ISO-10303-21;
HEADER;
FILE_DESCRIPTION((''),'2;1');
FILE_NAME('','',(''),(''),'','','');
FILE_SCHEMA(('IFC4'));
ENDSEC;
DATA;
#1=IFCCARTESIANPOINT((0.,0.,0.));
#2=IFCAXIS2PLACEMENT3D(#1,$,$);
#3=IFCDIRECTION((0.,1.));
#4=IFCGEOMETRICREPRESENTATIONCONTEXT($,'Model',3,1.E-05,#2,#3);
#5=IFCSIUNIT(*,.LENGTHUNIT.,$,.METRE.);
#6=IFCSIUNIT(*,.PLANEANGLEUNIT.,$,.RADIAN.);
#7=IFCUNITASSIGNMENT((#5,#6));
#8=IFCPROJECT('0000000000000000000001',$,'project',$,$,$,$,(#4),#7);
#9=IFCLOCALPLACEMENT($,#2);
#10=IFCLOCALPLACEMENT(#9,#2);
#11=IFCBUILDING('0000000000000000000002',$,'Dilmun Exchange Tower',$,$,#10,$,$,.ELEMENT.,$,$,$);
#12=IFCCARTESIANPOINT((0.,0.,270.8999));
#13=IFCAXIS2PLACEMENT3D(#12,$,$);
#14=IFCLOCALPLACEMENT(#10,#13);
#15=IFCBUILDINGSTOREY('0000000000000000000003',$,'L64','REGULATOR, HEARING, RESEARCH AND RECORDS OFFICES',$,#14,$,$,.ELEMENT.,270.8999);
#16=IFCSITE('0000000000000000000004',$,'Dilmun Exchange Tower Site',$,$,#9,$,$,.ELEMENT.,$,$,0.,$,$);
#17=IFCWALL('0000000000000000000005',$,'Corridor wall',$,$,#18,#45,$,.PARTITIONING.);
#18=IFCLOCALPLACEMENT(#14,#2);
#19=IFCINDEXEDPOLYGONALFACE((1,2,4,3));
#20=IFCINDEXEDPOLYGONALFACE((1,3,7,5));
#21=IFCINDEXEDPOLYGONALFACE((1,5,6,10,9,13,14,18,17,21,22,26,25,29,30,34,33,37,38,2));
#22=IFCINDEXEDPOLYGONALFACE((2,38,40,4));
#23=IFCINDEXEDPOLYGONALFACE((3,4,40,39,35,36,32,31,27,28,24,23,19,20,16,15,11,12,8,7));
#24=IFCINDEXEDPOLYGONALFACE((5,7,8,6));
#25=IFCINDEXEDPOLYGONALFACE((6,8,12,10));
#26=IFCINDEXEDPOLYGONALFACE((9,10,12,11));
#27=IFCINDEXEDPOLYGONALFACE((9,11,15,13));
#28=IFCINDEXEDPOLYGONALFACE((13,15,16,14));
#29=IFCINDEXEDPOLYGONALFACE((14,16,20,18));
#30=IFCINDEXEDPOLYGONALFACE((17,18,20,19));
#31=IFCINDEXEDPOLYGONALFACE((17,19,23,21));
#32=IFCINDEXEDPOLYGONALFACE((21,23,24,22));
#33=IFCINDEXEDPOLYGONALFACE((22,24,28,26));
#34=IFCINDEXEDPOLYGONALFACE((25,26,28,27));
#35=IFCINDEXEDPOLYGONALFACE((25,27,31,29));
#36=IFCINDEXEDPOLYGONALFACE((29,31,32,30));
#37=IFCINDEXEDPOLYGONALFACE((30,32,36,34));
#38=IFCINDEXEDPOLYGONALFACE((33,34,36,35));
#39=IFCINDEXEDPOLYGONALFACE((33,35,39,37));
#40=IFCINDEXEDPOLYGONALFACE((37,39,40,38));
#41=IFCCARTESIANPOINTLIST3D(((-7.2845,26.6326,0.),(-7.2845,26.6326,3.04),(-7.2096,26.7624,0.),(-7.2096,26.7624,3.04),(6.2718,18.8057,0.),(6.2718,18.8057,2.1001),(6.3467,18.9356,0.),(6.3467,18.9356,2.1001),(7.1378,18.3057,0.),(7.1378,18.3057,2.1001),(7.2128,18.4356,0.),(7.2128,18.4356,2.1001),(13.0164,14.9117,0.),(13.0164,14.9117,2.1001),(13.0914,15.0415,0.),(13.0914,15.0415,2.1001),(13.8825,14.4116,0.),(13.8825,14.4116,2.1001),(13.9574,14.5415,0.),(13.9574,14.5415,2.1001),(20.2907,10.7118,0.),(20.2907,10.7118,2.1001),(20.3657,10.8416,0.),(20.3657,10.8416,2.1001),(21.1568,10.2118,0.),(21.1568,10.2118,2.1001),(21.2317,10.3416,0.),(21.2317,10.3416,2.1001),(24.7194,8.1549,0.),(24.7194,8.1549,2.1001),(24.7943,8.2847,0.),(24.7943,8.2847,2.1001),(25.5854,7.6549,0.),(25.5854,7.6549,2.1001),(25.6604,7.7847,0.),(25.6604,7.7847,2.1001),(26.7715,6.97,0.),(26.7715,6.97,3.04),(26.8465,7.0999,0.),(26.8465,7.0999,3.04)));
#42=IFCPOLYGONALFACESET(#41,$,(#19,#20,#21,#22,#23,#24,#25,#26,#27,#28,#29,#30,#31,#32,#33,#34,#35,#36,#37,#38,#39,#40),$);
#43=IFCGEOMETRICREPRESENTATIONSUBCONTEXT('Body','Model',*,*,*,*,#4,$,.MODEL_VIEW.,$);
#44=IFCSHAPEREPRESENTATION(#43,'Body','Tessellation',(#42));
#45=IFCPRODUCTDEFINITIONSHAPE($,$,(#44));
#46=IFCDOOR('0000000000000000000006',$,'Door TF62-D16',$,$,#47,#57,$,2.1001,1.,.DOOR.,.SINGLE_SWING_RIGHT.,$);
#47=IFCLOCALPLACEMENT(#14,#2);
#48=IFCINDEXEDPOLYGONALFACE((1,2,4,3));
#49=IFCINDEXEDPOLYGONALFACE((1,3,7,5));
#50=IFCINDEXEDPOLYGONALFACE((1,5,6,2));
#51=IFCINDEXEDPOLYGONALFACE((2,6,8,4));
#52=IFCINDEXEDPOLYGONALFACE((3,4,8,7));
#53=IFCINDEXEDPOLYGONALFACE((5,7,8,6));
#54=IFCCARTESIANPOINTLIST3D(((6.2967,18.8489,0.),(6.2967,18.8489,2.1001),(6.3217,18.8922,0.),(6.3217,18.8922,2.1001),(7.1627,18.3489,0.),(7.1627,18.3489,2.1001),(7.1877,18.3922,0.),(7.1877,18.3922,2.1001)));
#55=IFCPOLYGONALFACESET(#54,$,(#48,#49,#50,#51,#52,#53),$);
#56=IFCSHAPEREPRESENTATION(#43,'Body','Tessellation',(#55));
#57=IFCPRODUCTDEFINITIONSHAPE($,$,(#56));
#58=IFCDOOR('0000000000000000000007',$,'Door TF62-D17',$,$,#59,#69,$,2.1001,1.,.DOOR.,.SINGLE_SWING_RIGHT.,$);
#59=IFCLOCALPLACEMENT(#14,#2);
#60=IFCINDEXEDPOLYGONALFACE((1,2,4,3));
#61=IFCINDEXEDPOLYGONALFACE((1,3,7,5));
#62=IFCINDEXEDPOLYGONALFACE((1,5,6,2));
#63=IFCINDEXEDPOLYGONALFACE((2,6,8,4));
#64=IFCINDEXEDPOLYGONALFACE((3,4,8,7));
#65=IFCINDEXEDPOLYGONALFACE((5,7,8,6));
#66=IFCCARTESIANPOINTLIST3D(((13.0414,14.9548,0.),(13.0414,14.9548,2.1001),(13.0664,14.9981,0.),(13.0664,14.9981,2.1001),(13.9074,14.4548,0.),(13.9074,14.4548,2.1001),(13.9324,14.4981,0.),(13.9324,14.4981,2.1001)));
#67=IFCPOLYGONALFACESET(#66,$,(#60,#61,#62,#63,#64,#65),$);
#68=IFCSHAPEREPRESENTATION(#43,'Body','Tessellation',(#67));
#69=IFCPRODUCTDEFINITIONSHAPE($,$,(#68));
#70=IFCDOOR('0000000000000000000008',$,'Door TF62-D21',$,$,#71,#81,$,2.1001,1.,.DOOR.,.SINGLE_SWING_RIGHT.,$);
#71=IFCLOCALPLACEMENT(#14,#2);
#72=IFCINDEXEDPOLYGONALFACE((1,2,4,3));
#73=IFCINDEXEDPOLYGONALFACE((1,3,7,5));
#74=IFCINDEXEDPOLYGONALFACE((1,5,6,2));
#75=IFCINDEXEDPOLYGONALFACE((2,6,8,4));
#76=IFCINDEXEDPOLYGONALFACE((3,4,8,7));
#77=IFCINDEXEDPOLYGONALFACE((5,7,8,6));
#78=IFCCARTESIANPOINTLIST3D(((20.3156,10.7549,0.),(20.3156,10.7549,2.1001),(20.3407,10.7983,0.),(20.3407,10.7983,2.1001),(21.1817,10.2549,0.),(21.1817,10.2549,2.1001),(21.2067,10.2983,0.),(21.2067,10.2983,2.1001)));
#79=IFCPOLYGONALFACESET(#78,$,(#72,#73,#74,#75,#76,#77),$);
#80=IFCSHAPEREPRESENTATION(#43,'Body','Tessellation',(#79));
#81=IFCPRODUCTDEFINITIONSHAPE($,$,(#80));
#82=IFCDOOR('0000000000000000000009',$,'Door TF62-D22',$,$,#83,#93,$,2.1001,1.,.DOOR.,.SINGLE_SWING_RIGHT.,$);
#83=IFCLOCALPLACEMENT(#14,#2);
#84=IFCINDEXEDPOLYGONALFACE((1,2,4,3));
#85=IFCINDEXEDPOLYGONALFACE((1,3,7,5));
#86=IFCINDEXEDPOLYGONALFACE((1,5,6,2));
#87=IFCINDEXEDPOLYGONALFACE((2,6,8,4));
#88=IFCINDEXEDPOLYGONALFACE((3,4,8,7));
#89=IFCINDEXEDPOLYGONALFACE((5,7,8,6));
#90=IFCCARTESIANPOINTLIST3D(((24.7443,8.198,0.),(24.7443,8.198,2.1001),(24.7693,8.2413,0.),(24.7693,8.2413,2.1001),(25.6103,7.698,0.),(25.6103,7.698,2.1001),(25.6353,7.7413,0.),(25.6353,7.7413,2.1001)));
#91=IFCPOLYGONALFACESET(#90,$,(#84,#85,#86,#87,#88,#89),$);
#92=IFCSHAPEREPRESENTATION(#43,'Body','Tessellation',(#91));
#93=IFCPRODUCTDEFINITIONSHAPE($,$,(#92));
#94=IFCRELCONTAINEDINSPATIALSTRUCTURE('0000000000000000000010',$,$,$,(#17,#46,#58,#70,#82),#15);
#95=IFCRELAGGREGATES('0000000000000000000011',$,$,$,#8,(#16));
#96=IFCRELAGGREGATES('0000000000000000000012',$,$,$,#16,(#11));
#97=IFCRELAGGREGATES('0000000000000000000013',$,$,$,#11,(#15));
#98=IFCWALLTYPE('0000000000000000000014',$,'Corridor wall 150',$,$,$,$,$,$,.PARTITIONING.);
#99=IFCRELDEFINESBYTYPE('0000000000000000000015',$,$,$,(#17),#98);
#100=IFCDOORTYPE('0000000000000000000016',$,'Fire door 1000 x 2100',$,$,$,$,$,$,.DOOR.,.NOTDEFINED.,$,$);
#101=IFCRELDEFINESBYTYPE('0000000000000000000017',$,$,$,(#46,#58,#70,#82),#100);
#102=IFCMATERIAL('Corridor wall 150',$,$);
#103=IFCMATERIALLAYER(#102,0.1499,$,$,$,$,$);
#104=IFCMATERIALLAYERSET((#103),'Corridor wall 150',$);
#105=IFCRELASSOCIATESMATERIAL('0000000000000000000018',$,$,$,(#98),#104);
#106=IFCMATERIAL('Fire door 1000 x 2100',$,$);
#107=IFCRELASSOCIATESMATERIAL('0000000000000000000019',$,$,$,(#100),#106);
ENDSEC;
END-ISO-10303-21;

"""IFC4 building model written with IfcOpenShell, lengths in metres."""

from ifc_helpers import new_model, si_unit, direction, frame, frame_2d, origin, place, context, subcontext, project, spatial, rectangle, extrude, material, layer, layer_set, type_object, element, fill, save


model = new_model("IFC4")

# Units and contexts
model_context = context("Model", 3, precision=1e-05, world=origin(), true_north=direction((0.0, 1.0)))
body_context = subcontext(model_context, "Body", "Model", "MODEL_VIEW")
ifc_project = project(units=[si_unit("LENGTHUNIT", "METRE"), si_unit("PLANEANGLEUNIT", "RADIAN")], contexts=[model_context])

# Site, building, storey
site_placement = place(None, origin())
site = spatial("IfcSite", under=ifc_project, at=site_placement, Name="Dilmun Exchange Tower Site", CompositionType="ELEMENT", RefElevation=0.0)
building_placement = place(site_placement, origin())
building = spatial("IfcBuilding", under=site, at=building_placement, Name="Dilmun Exchange Tower", CompositionType="ELEMENT")
storey_placement = place(building_placement, frame((0.0, 0.0, 270.8999)))
storey = spatial("IfcBuildingStorey", under=building, at=storey_placement, Name="L64", Description="REGULATOR, HEARING, RESEARCH AND RECORDS OFFICES", CompositionType="ELEMENT", Elevation=270.8999)

# Shared definitions
ifc_material_1 = material(Name="Corridor wall 150")
ifc_layer_1 = layer(ifc_material_1, 0.1499)
ifc_layer_set_1 = layer_set([ifc_layer_1], Name="Corridor wall 150")
wall_type = type_object("IfcWallType", Name="Corridor wall 150", PredefinedType="PARTITIONING", material=ifc_layer_set_1)

# Wall, openings, doors
wall_1_placement = place(storey_placement, frame((-7.2471, 26.6975, 0.0), z_axis=(0.0, 0.0, 1.0), x_axis=(0.866022, -0.500005, 0.0)))
wall_1 = element("IfcWall", 1, at=wall_1_placement, inside=storey, type_object=wall_type, Name="Corridor wall", PredefinedType="PARTITIONING", context=body_context, shape_type="SweptSolid", body=[
    extrude(rectangle(XDim=39.3247, YDim=0.1499, at=frame_2d((19.6624, 0.0))), origin(), (0.0, 0.0, 1.0), 3.04),
])
opening_1_placement = place(wall_1_placement, frame((15.6536, 0.0, 0.0)))
opening_1 = element("IfcOpeningElement", 2, at=opening_1_placement, cuts=wall_1, PredefinedType="OPENING", context=body_context, shape_type="SweptSolid", body=[
    extrude(rectangle(XDim=1.0, YDim=2.1001, at=frame_2d((0.5, 1.05))), frame((0.0, 0.085, 0.0), z_axis=(0.0, -1.0, 0.0), x_axis=(1.0, 0.0, 0.0)), (0.0, 0.0, 1.0), 0.1699),
])
opening_2_placement = place(wall_1_placement, frame((23.4417, 0.0, 0.0)))
opening_2 = element("IfcOpeningElement", 3, at=opening_2_placement, cuts=wall_1, PredefinedType="OPENING", context=body_context, shape_type="SweptSolid", body=[
    extrude(rectangle(XDim=1.0, YDim=2.1001, at=frame_2d((0.5, 1.05))), frame((0.0, 0.085, 0.0), z_axis=(0.0, -1.0, 0.0), x_axis=(1.0, 0.0, 0.0)), (0.0, 0.0, 1.0), 0.1699),
])
opening_3_placement = place(wall_1_placement, frame((31.8413, 0.0, 0.0)))
opening_3 = element("IfcOpeningElement", 4, at=opening_3_placement, cuts=wall_1, PredefinedType="OPENING", context=body_context, shape_type="SweptSolid", body=[
    extrude(rectangle(XDim=1.0, YDim=2.1001, at=frame_2d((0.5, 1.05))), frame((0.0, 0.085, 0.0), z_axis=(0.0, -1.0, 0.0), x_axis=(1.0, 0.0, 0.0)), (0.0, 0.0, 1.0), 0.1699),
])
opening_4_placement = place(wall_1_placement, frame((36.9551, 0.0, 0.0)))
opening_4 = element("IfcOpeningElement", 5, at=opening_4_placement, cuts=wall_1, PredefinedType="OPENING", context=body_context, shape_type="SweptSolid", body=[
    extrude(rectangle(XDim=1.0, YDim=2.1001, at=frame_2d((0.5, 1.05))), frame((0.0, 0.085, 0.0), z_axis=(0.0, -1.0, 0.0), x_axis=(1.0, 0.0, 0.0)), (0.0, 0.0, 1.0), 0.1699),
])
ifc_material_2 = material(Name="Fire door 1000 x 2100")
door_type = type_object("IfcDoorType", Name="Fire door 1000 x 2100", OperationType="NOTDEFINED", PredefinedType="DOOR", material=ifc_material_2)
door_1_placement = place(opening_1_placement, origin())
door_1 = element("IfcDoor", 6, at=door_1_placement, inside=storey, type_object=door_type, Name="Door TF62-D16", OperationType="SINGLE_SWING_RIGHT", OverallHeight=2.1001, OverallWidth=1.0, PredefinedType="DOOR", context=body_context, shape_type="SweptSolid", body=[
    extrude(rectangle(XDim=1.0, YDim=2.1001, at=frame_2d((0.5, 1.05))), frame((0.0, 0.0249, 0.0), z_axis=(0.0, -1.0, 0.0), x_axis=(1.0, 0.0, 0.0)), (0.0, 0.0, 1.0), 0.05),
])
fill(opening_1, door_1)
door_2_placement = place(opening_2_placement, origin())
door_2 = element("IfcDoor", 7, at=door_2_placement, inside=storey, type_object=door_type, Name="Door TF62-D17", OperationType="SINGLE_SWING_RIGHT", OverallHeight=2.1001, OverallWidth=1.0, PredefinedType="DOOR", context=body_context, shape_type="SweptSolid", body=[
    extrude(rectangle(XDim=1.0, YDim=2.1001, at=frame_2d((0.5, 1.05))), frame((0.0, 0.0249, 0.0), z_axis=(0.0, -1.0, 0.0), x_axis=(1.0, 0.0, 0.0)), (0.0, 0.0, 1.0), 0.05),
])
fill(opening_2, door_2)
door_3_placement = place(opening_3_placement, origin())
door_3 = element("IfcDoor", 8, at=door_3_placement, inside=storey, type_object=door_type, Name="Door TF62-D21", OperationType="SINGLE_SWING_RIGHT", OverallHeight=2.1001, OverallWidth=1.0, PredefinedType="DOOR", context=body_context, shape_type="SweptSolid", body=[
    extrude(rectangle(XDim=1.0, YDim=2.1001, at=frame_2d((0.5, 1.05))), frame((0.0, 0.0249, 0.0), z_axis=(0.0, -1.0, 0.0), x_axis=(1.0, 0.0, 0.0)), (0.0, 0.0, 1.0), 0.05),
])
fill(opening_3, door_3)
door_4_placement = place(opening_4_placement, origin())
door_4 = element("IfcDoor", 9, at=door_4_placement, inside=storey, type_object=door_type, Name="Door TF62-D22", OperationType="SINGLE_SWING_RIGHT", OverallHeight=2.1001, OverallWidth=1.0, PredefinedType="DOOR", context=body_context, shape_type="SweptSolid", body=[
    extrude(rectangle(XDim=1.0, YDim=2.1001, at=frame_2d((0.5, 1.05))), frame((0.0, 0.0249, 0.0), z_axis=(0.0, -1.0, 0.0), x_axis=(1.0, 0.0, 0.0)), (0.0, 0.0, 1.0), 0.05),
])
fill(opening_4, door_4)

save(model, "model.ifc")
